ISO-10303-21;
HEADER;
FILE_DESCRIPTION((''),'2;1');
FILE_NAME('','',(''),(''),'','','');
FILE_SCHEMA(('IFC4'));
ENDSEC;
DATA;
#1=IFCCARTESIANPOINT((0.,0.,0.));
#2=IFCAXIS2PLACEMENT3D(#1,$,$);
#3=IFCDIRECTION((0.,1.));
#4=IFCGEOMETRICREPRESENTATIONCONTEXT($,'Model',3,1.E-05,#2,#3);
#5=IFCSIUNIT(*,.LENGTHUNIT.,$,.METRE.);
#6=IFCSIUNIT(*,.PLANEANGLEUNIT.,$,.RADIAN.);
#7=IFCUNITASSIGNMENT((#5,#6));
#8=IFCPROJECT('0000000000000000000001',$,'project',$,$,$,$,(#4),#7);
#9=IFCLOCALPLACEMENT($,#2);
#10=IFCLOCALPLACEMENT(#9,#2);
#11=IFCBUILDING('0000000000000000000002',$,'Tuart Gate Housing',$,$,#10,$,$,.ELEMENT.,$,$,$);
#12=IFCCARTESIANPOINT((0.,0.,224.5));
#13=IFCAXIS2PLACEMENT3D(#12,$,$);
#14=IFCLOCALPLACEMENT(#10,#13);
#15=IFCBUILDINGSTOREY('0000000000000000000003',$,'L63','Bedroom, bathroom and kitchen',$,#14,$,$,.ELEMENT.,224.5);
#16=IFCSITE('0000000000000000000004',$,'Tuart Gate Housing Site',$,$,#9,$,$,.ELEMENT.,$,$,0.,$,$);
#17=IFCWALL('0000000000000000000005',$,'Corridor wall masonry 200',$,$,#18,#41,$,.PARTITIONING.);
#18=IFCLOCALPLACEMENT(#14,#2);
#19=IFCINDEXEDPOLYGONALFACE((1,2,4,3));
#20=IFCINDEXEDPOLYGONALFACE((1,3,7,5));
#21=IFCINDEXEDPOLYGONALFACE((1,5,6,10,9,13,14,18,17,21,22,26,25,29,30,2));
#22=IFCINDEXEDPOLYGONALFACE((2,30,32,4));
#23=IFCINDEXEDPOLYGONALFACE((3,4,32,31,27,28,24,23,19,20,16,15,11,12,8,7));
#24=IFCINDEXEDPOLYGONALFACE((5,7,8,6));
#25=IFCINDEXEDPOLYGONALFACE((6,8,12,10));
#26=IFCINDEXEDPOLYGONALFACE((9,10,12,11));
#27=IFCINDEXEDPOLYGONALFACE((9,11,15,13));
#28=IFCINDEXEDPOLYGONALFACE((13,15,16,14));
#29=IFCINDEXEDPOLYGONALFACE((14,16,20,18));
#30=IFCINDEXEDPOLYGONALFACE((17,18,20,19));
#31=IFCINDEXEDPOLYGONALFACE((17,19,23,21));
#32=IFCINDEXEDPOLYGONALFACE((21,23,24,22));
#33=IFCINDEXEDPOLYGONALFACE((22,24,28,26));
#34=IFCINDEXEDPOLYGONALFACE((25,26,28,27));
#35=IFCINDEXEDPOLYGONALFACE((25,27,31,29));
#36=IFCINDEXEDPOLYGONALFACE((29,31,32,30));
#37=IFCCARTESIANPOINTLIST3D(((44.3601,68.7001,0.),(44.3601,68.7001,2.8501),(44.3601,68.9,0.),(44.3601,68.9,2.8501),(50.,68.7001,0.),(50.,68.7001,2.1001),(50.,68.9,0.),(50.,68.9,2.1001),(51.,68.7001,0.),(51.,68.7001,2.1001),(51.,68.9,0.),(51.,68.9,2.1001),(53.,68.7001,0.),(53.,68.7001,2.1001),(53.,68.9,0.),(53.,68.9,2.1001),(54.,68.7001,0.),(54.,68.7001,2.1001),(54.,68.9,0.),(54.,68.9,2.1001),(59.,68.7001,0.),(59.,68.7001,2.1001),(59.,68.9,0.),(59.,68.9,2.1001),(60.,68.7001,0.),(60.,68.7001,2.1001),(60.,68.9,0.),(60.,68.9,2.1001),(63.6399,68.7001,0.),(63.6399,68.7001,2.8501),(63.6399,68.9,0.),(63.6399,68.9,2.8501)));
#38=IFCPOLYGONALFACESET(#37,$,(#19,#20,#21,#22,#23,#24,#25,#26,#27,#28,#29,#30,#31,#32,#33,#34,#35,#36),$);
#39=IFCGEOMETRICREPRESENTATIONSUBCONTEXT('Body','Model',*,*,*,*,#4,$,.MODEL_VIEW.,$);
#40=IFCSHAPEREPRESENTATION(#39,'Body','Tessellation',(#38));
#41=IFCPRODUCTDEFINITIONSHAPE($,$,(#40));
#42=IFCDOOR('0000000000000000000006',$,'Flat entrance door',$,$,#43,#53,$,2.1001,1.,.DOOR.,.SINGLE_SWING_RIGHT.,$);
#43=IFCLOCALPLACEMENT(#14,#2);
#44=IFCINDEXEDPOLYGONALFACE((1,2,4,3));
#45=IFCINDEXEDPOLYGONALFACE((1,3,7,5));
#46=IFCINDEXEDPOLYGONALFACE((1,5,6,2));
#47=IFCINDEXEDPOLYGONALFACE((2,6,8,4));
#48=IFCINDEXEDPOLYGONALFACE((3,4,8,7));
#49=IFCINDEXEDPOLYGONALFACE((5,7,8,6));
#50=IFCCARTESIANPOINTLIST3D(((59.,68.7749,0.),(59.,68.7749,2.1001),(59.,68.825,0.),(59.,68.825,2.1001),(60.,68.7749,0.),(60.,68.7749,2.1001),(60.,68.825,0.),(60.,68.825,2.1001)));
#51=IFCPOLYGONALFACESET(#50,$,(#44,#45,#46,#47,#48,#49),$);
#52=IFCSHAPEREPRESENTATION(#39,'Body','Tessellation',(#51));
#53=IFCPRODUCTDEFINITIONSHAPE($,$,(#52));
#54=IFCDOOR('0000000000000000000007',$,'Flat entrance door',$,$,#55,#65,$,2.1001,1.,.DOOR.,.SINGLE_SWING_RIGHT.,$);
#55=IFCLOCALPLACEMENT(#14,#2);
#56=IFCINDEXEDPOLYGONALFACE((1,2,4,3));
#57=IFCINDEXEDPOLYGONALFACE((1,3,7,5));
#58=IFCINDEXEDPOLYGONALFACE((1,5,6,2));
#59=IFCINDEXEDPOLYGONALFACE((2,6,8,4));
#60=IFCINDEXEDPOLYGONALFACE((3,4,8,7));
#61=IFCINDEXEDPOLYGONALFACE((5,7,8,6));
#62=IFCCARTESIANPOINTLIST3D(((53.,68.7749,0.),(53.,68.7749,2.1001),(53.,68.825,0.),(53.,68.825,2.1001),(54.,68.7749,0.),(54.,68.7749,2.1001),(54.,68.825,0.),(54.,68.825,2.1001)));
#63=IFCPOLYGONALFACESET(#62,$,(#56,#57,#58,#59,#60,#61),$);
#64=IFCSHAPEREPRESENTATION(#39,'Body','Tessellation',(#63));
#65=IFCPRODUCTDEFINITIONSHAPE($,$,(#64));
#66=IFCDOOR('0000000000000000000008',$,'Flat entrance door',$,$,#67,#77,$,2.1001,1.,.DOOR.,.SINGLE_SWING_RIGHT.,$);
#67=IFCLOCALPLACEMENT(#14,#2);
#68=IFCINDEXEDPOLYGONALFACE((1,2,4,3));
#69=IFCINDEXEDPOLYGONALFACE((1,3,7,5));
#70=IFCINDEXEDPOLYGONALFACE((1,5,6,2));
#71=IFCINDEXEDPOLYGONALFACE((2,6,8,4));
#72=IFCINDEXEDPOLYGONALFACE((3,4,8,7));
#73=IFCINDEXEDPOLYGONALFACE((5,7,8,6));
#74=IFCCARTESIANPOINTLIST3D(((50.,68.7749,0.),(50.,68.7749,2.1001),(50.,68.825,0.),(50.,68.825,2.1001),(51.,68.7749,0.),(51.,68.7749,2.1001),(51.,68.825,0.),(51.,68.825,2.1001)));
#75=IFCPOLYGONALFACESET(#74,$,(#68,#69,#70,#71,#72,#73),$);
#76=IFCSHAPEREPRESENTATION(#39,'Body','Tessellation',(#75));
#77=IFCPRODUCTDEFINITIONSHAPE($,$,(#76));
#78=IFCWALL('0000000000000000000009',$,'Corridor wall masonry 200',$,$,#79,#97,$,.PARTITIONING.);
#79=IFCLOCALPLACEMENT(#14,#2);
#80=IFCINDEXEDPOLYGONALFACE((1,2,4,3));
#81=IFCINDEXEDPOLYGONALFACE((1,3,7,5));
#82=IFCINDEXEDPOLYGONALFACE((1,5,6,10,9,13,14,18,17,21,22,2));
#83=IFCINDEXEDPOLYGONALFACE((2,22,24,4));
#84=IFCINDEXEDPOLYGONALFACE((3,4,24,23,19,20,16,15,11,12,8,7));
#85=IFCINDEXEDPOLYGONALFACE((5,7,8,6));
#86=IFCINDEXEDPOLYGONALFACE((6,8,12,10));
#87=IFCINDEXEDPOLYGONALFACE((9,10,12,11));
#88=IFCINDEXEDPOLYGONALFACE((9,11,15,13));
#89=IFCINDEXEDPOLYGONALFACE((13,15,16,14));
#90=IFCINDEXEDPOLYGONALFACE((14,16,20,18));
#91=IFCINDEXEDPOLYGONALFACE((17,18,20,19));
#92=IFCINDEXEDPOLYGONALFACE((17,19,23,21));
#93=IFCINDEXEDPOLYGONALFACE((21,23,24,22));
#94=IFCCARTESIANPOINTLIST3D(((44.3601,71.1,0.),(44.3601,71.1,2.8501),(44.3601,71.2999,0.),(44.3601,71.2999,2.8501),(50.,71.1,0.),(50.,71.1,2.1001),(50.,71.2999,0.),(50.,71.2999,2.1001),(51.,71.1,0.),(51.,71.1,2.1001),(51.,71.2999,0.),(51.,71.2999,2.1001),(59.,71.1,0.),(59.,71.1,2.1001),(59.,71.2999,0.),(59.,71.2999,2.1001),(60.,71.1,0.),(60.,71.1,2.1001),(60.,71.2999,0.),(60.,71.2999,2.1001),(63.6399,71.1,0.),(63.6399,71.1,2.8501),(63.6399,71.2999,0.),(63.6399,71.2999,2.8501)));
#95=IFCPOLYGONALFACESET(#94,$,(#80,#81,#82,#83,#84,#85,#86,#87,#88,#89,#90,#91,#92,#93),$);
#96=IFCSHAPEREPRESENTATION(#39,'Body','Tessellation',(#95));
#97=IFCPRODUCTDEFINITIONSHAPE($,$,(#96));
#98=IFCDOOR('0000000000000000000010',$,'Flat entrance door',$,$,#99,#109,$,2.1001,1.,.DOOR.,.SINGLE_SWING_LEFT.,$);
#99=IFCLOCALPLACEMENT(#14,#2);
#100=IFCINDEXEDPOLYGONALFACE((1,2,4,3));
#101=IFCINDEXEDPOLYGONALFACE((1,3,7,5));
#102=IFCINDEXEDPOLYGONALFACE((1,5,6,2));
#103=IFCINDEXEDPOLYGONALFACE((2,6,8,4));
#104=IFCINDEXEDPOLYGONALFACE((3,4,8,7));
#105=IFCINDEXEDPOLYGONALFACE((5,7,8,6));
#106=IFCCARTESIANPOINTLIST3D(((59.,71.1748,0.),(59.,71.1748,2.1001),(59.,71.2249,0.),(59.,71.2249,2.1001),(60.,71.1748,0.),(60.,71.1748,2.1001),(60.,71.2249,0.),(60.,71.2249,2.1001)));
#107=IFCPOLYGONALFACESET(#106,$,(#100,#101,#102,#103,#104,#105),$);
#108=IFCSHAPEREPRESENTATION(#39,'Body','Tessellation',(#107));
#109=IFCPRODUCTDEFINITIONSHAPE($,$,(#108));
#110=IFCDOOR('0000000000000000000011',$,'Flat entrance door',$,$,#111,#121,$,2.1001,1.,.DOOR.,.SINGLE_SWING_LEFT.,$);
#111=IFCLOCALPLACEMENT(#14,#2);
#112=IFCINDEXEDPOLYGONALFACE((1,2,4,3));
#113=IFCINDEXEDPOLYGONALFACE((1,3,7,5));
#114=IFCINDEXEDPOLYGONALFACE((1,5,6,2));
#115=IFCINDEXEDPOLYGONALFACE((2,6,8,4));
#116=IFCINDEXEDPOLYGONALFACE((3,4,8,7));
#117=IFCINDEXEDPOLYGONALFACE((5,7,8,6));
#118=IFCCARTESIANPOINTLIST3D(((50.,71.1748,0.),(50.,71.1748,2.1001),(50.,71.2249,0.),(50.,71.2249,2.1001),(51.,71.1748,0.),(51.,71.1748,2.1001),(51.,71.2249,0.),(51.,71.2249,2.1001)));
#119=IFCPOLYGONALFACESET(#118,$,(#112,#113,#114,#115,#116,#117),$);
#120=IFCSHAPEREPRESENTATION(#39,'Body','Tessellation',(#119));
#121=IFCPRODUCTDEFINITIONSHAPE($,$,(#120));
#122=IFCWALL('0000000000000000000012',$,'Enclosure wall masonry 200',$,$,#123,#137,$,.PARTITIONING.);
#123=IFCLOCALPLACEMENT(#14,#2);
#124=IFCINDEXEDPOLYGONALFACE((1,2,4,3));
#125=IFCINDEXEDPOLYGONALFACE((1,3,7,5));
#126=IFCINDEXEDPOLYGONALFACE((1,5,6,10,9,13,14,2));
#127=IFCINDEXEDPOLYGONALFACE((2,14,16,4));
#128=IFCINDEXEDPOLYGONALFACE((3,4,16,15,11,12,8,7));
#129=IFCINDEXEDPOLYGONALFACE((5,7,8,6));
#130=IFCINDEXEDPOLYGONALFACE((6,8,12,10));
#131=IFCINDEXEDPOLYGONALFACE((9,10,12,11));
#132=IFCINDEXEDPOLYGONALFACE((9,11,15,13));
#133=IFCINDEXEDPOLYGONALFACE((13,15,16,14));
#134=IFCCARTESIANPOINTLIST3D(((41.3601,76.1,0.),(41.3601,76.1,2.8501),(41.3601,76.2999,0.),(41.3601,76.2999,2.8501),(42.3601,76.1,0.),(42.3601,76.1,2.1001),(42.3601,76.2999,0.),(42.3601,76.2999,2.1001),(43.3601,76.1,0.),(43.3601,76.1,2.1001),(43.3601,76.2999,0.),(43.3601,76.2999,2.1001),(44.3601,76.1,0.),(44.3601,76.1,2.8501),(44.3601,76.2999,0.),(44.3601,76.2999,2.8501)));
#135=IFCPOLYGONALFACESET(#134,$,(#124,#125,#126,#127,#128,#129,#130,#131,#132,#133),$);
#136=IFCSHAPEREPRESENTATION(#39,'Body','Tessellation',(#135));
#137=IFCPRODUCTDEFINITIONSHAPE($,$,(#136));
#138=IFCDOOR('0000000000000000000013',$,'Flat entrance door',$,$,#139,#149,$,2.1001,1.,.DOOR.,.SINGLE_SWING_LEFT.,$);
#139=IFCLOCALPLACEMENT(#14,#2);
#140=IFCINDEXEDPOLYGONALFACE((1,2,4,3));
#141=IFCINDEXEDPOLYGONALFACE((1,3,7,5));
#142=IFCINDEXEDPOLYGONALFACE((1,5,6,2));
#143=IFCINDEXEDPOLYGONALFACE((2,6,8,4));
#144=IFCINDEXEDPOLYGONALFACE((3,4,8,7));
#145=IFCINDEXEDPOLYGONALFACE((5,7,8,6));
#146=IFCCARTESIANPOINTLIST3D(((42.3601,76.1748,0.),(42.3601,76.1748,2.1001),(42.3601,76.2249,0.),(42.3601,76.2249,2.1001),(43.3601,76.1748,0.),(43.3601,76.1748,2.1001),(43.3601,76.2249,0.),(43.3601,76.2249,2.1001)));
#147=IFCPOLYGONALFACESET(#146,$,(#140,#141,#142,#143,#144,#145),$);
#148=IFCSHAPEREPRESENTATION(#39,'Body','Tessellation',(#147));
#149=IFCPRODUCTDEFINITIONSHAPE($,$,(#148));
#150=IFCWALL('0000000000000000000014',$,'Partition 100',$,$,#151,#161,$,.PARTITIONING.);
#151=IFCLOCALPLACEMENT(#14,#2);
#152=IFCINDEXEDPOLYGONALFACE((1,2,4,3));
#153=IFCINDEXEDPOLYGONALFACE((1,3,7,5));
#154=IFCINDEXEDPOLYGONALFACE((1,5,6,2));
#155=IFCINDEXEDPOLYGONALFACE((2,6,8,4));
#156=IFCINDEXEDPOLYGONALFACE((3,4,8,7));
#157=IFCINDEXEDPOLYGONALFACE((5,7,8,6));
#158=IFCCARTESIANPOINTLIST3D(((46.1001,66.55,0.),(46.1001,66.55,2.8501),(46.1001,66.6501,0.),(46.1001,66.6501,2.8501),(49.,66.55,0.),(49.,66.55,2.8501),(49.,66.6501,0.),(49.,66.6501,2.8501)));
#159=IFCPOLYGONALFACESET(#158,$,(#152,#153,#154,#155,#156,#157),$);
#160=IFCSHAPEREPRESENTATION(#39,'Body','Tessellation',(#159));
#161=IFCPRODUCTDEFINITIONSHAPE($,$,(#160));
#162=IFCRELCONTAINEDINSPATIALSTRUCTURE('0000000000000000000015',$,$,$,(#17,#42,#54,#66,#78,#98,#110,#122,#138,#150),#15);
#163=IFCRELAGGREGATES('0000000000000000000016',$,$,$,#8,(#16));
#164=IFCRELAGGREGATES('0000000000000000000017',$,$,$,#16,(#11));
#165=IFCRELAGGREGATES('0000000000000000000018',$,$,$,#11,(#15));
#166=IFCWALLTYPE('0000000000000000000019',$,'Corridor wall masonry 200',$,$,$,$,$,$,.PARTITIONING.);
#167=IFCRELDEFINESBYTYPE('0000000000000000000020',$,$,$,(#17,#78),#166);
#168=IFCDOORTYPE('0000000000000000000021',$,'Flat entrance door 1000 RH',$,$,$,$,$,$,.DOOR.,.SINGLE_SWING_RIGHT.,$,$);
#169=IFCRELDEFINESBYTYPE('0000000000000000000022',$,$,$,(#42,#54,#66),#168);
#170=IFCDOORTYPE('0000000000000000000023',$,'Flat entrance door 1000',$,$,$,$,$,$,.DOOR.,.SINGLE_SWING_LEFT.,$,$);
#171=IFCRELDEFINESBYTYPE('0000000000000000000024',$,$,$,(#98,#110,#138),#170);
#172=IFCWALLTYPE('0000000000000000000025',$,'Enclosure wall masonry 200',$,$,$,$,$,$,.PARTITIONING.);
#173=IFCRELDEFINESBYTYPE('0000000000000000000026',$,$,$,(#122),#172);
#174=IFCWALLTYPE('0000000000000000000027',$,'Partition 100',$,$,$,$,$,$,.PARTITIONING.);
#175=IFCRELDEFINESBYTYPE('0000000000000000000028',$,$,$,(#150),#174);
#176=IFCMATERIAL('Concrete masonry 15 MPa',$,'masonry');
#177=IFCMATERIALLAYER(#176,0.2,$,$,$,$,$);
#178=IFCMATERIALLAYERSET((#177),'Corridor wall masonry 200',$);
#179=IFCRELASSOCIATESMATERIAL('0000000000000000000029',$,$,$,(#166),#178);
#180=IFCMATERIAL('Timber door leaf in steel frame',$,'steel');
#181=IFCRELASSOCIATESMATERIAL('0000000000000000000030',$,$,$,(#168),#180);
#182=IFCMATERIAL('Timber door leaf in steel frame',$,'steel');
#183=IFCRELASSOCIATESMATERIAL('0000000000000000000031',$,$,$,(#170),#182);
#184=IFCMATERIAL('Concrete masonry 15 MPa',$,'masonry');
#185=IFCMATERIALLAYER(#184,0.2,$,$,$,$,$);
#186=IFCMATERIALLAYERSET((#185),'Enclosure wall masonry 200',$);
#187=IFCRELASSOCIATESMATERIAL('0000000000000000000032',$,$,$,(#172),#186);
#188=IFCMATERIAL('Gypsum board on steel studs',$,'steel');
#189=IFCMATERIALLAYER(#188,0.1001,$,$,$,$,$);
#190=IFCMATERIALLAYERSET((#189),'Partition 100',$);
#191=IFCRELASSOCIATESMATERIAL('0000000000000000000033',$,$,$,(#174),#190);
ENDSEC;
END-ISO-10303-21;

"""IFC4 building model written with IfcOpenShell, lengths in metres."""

from ifc_helpers import new_model, si_unit, direction, frame, frame_2d, origin, place, context, subcontext, project, spatial, rectangle, extrude, material, layer, layer_set, type_object, element, fill, save


model = new_model("IFC4")

# Units and contexts
model_context = context("Model", 3, precision=1e-05, world=origin(), true_north=direction((0.0, 1.0)))
body_context = subcontext(model_context, "Body", "Model", "MODEL_VIEW")
ifc_project = project(units=[si_unit("LENGTHUNIT", "METRE"), si_unit("PLANEANGLEUNIT", "RADIAN")], contexts=[model_context])

# Site, building, storey
site_placement = place(None, origin())
site = spatial("IfcSite", under=ifc_project, at=site_placement, Name="Tuart Gate Housing Site", CompositionType="ELEMENT", RefElevation=0.0)
building_placement = place(site_placement, origin())
building = spatial("IfcBuilding", under=site, at=building_placement, Name="Tuart Gate Housing", CompositionType="ELEMENT")
storey_placement = place(building_placement, frame((0.0, 0.0, 224.5)))
storey = spatial("IfcBuildingStorey", under=building, at=storey_placement, Name="L63", Description="Bedroom, bathroom and kitchen", CompositionType="ELEMENT", Elevation=224.5)

# Walls, openings, doors
ifc_material_1 = material(Name="Concrete masonry 15 MPa", Category="masonry")
ifc_layer_1 = layer(ifc_material_1, 0.2)
ifc_layer_set_1 = layer_set([ifc_layer_1], Name="Corridor wall masonry 200")
wall_type_1 = type_object("IfcWallType", Name="Corridor wall masonry 200", PredefinedType="PARTITIONING", material=ifc_layer_set_1)
wall_1_placement = place(storey_placement, frame((44.3601, 68.8, 0.0), z_axis=(0.0, 0.0, 1.0), x_axis=(1.0, 0.0, 0.0)))
wall_1 = element("IfcWall", 1, at=wall_1_placement, inside=storey, type_object=wall_type_1, Name="Corridor wall masonry 200", PredefinedType="PARTITIONING", context=body_context, shape_type="SweptSolid", body=[
    extrude(rectangle(XDim=19.2798, YDim=0.2, at=frame_2d((9.6399, 0.0))), origin(), (0.0, 0.0, 1.0), 2.8501),
])
opening_1_placement = place(wall_1_placement, frame((14.6399, 0.0, 0.0)))
opening_1 = element("IfcOpeningElement", 2, at=opening_1_placement, cuts=wall_1, PredefinedType="OPENING", context=body_context, shape_type="SweptSolid", body=[
    extrude(rectangle(XDim=1.0, YDim=2.1001, at=frame_2d((0.5, 1.05))), frame((0.0, 0.1099, 0.0), z_axis=(0.0, -1.0, 0.0), x_axis=(1.0, 0.0, 0.0)), (0.0, 0.0, 1.0), 0.22),
])
opening_2_placement = place(wall_1_placement, frame((8.6399, 0.0, 0.0)))
opening_2 = element("IfcOpeningElement", 3, at=opening_2_placement, cuts=wall_1, PredefinedType="OPENING", context=body_context, shape_type="SweptSolid", body=[
    extrude(rectangle(XDim=1.0, YDim=2.1001, at=frame_2d((0.5, 1.05))), frame((0.0, 0.1099, 0.0), z_axis=(0.0, -1.0, 0.0), x_axis=(1.0, 0.0, 0.0)), (0.0, 0.0, 1.0), 0.22),
])
opening_3_placement = place(wall_1_placement, frame((5.6399, 0.0, 0.0)))
opening_3 = element("IfcOpeningElement", 4, at=opening_3_placement, cuts=wall_1, PredefinedType="OPENING", context=body_context, shape_type="SweptSolid", body=[
    extrude(rectangle(XDim=1.0, YDim=2.1001, at=frame_2d((0.5, 1.05))), frame((0.0, 0.1099, 0.0), z_axis=(0.0, -1.0, 0.0), x_axis=(1.0, 0.0, 0.0)), (0.0, 0.0, 1.0), 0.22),
])
ifc_material_2 = material(Name="Timber door leaf in steel frame", Category="steel")
door_type_1 = type_object("IfcDoorType", Name="Flat entrance door 1000 RH", OperationType="SINGLE_SWING_RIGHT", PredefinedType="DOOR", material=ifc_material_2)
door_1_placement = place(opening_1_placement, frame((1.0, 0.0, 0.0), z_axis=(0.0, 0.0, 1.0), x_axis=(-1.0, 0.0, 0.0)))
door_1 = element("IfcDoor", 5, at=door_1_placement, inside=storey, type_object=door_type_1, Name="Flat entrance door", OperationType="SINGLE_SWING_RIGHT", OverallHeight=2.1001, OverallWidth=1.0, PredefinedType="DOOR", context=body_context, shape_type="SweptSolid", body=[
    extrude(rectangle(XDim=1.0, YDim=2.1001, at=frame_2d((0.5, 1.05))), frame((0.0, 0.0251, 0.0), z_axis=(0.0, -1.0, 0.0), x_axis=(1.0, 0.0, 0.0)), (0.0, 0.0, 1.0), 0.05),
])
fill(opening_1, door_1)
door_2_placement = place(opening_2_placement, frame((1.0, 0.0, 0.0), z_axis=(0.0, 0.0, 1.0), x_axis=(-1.0, 0.0, 0.0)))
door_2 = element("IfcDoor", 6, at=door_2_placement, inside=storey, type_object=door_type_1, Name="Flat entrance door", OperationType="SINGLE_SWING_RIGHT", OverallHeight=2.1001, OverallWidth=1.0, PredefinedType="DOOR", context=body_context, shape_type="SweptSolid", body=[
    extrude(rectangle(XDim=1.0, YDim=2.1001, at=frame_2d((0.5, 1.05))), frame((0.0, 0.0251, 0.0), z_axis=(0.0, -1.0, 0.0), x_axis=(1.0, 0.0, 0.0)), (0.0, 0.0, 1.0), 0.05),
])
fill(opening_2, door_2)
door_3_placement = place(opening_3_placement, frame((1.0, 0.0, 0.0), z_axis=(0.0, 0.0, 1.0), x_axis=(-1.0, 0.0, 0.0)))
door_3 = element("IfcDoor", 7, at=door_3_placement, inside=storey, type_object=door_type_1, Name="Flat entrance door", OperationType="SINGLE_SWING_RIGHT", OverallHeight=2.1001, OverallWidth=1.0, PredefinedType="DOOR", context=body_context, shape_type="SweptSolid", body=[
    extrude(rectangle(XDim=1.0, YDim=2.1001, at=frame_2d((0.5, 1.05))), frame((0.0, 0.0251, 0.0), z_axis=(0.0, -1.0, 0.0), x_axis=(1.0, 0.0, 0.0)), (0.0, 0.0, 1.0), 0.05),
])
fill(opening_3, door_3)
wall_2_placement = place(storey_placement, frame((44.3601, 71.2, 0.0), z_axis=(0.0, 0.0, 1.0), x_axis=(1.0, 0.0, 0.0)))
wall_2 = element("IfcWall", 8, at=wall_2_placement, inside=storey, type_object=wall_type_1, Name="Corridor wall masonry 200", PredefinedType="PARTITIONING", context=body_context, shape_type="SweptSolid", body=[
    extrude(rectangle(XDim=19.2798, YDim=0.2, at=frame_2d((9.6399, 0.0))), origin(), (0.0, 0.0, 1.0), 2.8501),
])
opening_4_placement = place(wall_2_placement, frame((14.6399, 0.0, 0.0)))
opening_4 = element("IfcOpeningElement", 9, at=opening_4_placement, cuts=wall_2, PredefinedType="OPENING", context=body_context, shape_type="SweptSolid", body=[
    extrude(rectangle(XDim=1.0, YDim=2.1001, at=frame_2d((0.5, 1.05))), frame((0.0, 0.1099, 0.0), z_axis=(0.0, -1.0, 0.0), x_axis=(1.0, 0.0, 0.0)), (0.0, 0.0, 1.0), 0.22),
])
opening_5_placement = place(wall_2_placement, frame((5.6399, 0.0, 0.0)))
opening_5 = element("IfcOpeningElement", 10, at=opening_5_placement, cuts=wall_2, PredefinedType="OPENING", context=body_context, shape_type="SweptSolid", body=[
    extrude(rectangle(XDim=1.0, YDim=2.1001, at=frame_2d((0.5, 1.05))), frame((0.0, 0.1099, 0.0), z_axis=(0.0, -1.0, 0.0), x_axis=(1.0, 0.0, 0.0)), (0.0, 0.0, 1.0), 0.22),
])
ifc_material_3 = material(Name="Timber door leaf in steel frame", Category="steel")
door_type_2 = type_object("IfcDoorType", Name="Flat entrance door 1000", OperationType="SINGLE_SWING_LEFT", PredefinedType="DOOR", material=ifc_material_3)
door_4_placement = place(opening_4_placement, origin())
door_4 = element("IfcDoor", 11, at=door_4_placement, inside=storey, type_object=door_type_2, Name="Flat entrance door", OperationType="SINGLE_SWING_LEFT", OverallHeight=2.1001, OverallWidth=1.0, PredefinedType="DOOR", context=body_context, shape_type="SweptSolid", body=[
    extrude(rectangle(XDim=1.0, YDim=2.1001, at=frame_2d((0.5, 1.05))), frame((0.0, 0.0249, 0.0), z_axis=(0.0, -1.0, 0.0), x_axis=(1.0, 0.0, 0.0)), (0.0, 0.0, 1.0), 0.05),
])
fill(opening_4, door_4)
door_5_placement = place(opening_5_placement, origin())
door_5 = element("IfcDoor", 12, at=door_5_placement, inside=storey, type_object=door_type_2, Name="Flat entrance door", OperationType="SINGLE_SWING_LEFT", OverallHeight=2.1001, OverallWidth=1.0, PredefinedType="DOOR", context=body_context, shape_type="SweptSolid", body=[
    extrude(rectangle(XDim=1.0, YDim=2.1001, at=frame_2d((0.5, 1.05))), frame((0.0, 0.0249, 0.0), z_axis=(0.0, -1.0, 0.0), x_axis=(1.0, 0.0, 0.0)), (0.0, 0.0, 1.0), 0.05),
])
fill(opening_5, door_5)

# Wall, opening, door
ifc_material_4 = material(Name="Concrete masonry 15 MPa", Category="masonry")
ifc_layer_2 = layer(ifc_material_4, 0.2)
ifc_layer_set_2 = layer_set([ifc_layer_2], Name="Enclosure wall masonry 200")
wall_type_2 = type_object("IfcWallType", Name="Enclosure wall masonry 200", PredefinedType="PARTITIONING", material=ifc_layer_set_2)
wall_3_placement = place(storey_placement, frame((41.3601, 76.2, 0.0), z_axis=(0.0, 0.0, 1.0), x_axis=(1.0, 0.0, 0.0)))
wall_3 = element("IfcWall", 13, at=wall_3_placement, inside=storey, type_object=wall_type_2, Name="Enclosure wall masonry 200", PredefinedType="PARTITIONING", context=body_context, shape_type="SweptSolid", body=[
    extrude(rectangle(XDim=3.0, YDim=0.2, at=frame_2d((1.5, 0.0))), origin(), (0.0, 0.0, 1.0), 2.8501),
])
opening_6_placement = place(wall_3_placement, frame((1.0, 0.0, 0.0)))
opening_6 = element("IfcOpeningElement", 14, at=opening_6_placement, cuts=wall_3, PredefinedType="OPENING", context=body_context, shape_type="SweptSolid", body=[
    extrude(rectangle(XDim=1.0, YDim=2.1001, at=frame_2d((0.5, 1.05))), frame((0.0, 0.1099, 0.0), z_axis=(0.0, -1.0, 0.0), x_axis=(1.0, 0.0, 0.0)), (0.0, 0.0, 1.0), 0.22),
])
door_6_placement = place(opening_6_placement, origin())
door_6 = element("IfcDoor", 15, at=door_6_placement, inside=storey, type_object=door_type_2, Name="Flat entrance door", OperationType="SINGLE_SWING_LEFT", OverallHeight=2.1001, OverallWidth=1.0, PredefinedType="DOOR", context=body_context, shape_type="SweptSolid", body=[
    extrude(rectangle(XDim=1.0, YDim=2.1001, at=frame_2d((0.5, 1.05))), frame((0.0, 0.0249, 0.0), z_axis=(0.0, -1.0, 0.0), x_axis=(1.0, 0.0, 0.0)), (0.0, 0.0, 1.0), 0.05),
])
fill(opening_6, door_6)

# Wall
ifc_material_5 = material(Name="Gypsum board on steel studs", Category="steel")
ifc_layer_3 = layer(ifc_material_5, 0.1001)
ifc_layer_set_3 = layer_set([ifc_layer_3], Name="Partition 100")
wall_type_3 = type_object("IfcWallType", Name="Partition 100", PredefinedType="PARTITIONING", material=ifc_layer_set_3)
for number, where, z_axis, x_axis, name in (
    (16, (46.1001, 66.6001, 0.0), (0.0, 0.0, 1.0), (1.0, 0.0, 0.0), "Partition 100"),
):
    element("IfcWall", number, at=place(storey_placement, frame(where, z_axis=z_axis, x_axis=x_axis)), inside=storey, type_object=wall_type_3, Name=name, PredefinedType="PARTITIONING", context=body_context, shape_type="SweptSolid", body=[
        extrude(rectangle(XDim=2.8999, YDim=0.1001, at=frame_2d((1.45, 0.0))), origin(), (0.0, 0.0, 1.0), 2.8501),
    ])

save(model, "model.ifc")
